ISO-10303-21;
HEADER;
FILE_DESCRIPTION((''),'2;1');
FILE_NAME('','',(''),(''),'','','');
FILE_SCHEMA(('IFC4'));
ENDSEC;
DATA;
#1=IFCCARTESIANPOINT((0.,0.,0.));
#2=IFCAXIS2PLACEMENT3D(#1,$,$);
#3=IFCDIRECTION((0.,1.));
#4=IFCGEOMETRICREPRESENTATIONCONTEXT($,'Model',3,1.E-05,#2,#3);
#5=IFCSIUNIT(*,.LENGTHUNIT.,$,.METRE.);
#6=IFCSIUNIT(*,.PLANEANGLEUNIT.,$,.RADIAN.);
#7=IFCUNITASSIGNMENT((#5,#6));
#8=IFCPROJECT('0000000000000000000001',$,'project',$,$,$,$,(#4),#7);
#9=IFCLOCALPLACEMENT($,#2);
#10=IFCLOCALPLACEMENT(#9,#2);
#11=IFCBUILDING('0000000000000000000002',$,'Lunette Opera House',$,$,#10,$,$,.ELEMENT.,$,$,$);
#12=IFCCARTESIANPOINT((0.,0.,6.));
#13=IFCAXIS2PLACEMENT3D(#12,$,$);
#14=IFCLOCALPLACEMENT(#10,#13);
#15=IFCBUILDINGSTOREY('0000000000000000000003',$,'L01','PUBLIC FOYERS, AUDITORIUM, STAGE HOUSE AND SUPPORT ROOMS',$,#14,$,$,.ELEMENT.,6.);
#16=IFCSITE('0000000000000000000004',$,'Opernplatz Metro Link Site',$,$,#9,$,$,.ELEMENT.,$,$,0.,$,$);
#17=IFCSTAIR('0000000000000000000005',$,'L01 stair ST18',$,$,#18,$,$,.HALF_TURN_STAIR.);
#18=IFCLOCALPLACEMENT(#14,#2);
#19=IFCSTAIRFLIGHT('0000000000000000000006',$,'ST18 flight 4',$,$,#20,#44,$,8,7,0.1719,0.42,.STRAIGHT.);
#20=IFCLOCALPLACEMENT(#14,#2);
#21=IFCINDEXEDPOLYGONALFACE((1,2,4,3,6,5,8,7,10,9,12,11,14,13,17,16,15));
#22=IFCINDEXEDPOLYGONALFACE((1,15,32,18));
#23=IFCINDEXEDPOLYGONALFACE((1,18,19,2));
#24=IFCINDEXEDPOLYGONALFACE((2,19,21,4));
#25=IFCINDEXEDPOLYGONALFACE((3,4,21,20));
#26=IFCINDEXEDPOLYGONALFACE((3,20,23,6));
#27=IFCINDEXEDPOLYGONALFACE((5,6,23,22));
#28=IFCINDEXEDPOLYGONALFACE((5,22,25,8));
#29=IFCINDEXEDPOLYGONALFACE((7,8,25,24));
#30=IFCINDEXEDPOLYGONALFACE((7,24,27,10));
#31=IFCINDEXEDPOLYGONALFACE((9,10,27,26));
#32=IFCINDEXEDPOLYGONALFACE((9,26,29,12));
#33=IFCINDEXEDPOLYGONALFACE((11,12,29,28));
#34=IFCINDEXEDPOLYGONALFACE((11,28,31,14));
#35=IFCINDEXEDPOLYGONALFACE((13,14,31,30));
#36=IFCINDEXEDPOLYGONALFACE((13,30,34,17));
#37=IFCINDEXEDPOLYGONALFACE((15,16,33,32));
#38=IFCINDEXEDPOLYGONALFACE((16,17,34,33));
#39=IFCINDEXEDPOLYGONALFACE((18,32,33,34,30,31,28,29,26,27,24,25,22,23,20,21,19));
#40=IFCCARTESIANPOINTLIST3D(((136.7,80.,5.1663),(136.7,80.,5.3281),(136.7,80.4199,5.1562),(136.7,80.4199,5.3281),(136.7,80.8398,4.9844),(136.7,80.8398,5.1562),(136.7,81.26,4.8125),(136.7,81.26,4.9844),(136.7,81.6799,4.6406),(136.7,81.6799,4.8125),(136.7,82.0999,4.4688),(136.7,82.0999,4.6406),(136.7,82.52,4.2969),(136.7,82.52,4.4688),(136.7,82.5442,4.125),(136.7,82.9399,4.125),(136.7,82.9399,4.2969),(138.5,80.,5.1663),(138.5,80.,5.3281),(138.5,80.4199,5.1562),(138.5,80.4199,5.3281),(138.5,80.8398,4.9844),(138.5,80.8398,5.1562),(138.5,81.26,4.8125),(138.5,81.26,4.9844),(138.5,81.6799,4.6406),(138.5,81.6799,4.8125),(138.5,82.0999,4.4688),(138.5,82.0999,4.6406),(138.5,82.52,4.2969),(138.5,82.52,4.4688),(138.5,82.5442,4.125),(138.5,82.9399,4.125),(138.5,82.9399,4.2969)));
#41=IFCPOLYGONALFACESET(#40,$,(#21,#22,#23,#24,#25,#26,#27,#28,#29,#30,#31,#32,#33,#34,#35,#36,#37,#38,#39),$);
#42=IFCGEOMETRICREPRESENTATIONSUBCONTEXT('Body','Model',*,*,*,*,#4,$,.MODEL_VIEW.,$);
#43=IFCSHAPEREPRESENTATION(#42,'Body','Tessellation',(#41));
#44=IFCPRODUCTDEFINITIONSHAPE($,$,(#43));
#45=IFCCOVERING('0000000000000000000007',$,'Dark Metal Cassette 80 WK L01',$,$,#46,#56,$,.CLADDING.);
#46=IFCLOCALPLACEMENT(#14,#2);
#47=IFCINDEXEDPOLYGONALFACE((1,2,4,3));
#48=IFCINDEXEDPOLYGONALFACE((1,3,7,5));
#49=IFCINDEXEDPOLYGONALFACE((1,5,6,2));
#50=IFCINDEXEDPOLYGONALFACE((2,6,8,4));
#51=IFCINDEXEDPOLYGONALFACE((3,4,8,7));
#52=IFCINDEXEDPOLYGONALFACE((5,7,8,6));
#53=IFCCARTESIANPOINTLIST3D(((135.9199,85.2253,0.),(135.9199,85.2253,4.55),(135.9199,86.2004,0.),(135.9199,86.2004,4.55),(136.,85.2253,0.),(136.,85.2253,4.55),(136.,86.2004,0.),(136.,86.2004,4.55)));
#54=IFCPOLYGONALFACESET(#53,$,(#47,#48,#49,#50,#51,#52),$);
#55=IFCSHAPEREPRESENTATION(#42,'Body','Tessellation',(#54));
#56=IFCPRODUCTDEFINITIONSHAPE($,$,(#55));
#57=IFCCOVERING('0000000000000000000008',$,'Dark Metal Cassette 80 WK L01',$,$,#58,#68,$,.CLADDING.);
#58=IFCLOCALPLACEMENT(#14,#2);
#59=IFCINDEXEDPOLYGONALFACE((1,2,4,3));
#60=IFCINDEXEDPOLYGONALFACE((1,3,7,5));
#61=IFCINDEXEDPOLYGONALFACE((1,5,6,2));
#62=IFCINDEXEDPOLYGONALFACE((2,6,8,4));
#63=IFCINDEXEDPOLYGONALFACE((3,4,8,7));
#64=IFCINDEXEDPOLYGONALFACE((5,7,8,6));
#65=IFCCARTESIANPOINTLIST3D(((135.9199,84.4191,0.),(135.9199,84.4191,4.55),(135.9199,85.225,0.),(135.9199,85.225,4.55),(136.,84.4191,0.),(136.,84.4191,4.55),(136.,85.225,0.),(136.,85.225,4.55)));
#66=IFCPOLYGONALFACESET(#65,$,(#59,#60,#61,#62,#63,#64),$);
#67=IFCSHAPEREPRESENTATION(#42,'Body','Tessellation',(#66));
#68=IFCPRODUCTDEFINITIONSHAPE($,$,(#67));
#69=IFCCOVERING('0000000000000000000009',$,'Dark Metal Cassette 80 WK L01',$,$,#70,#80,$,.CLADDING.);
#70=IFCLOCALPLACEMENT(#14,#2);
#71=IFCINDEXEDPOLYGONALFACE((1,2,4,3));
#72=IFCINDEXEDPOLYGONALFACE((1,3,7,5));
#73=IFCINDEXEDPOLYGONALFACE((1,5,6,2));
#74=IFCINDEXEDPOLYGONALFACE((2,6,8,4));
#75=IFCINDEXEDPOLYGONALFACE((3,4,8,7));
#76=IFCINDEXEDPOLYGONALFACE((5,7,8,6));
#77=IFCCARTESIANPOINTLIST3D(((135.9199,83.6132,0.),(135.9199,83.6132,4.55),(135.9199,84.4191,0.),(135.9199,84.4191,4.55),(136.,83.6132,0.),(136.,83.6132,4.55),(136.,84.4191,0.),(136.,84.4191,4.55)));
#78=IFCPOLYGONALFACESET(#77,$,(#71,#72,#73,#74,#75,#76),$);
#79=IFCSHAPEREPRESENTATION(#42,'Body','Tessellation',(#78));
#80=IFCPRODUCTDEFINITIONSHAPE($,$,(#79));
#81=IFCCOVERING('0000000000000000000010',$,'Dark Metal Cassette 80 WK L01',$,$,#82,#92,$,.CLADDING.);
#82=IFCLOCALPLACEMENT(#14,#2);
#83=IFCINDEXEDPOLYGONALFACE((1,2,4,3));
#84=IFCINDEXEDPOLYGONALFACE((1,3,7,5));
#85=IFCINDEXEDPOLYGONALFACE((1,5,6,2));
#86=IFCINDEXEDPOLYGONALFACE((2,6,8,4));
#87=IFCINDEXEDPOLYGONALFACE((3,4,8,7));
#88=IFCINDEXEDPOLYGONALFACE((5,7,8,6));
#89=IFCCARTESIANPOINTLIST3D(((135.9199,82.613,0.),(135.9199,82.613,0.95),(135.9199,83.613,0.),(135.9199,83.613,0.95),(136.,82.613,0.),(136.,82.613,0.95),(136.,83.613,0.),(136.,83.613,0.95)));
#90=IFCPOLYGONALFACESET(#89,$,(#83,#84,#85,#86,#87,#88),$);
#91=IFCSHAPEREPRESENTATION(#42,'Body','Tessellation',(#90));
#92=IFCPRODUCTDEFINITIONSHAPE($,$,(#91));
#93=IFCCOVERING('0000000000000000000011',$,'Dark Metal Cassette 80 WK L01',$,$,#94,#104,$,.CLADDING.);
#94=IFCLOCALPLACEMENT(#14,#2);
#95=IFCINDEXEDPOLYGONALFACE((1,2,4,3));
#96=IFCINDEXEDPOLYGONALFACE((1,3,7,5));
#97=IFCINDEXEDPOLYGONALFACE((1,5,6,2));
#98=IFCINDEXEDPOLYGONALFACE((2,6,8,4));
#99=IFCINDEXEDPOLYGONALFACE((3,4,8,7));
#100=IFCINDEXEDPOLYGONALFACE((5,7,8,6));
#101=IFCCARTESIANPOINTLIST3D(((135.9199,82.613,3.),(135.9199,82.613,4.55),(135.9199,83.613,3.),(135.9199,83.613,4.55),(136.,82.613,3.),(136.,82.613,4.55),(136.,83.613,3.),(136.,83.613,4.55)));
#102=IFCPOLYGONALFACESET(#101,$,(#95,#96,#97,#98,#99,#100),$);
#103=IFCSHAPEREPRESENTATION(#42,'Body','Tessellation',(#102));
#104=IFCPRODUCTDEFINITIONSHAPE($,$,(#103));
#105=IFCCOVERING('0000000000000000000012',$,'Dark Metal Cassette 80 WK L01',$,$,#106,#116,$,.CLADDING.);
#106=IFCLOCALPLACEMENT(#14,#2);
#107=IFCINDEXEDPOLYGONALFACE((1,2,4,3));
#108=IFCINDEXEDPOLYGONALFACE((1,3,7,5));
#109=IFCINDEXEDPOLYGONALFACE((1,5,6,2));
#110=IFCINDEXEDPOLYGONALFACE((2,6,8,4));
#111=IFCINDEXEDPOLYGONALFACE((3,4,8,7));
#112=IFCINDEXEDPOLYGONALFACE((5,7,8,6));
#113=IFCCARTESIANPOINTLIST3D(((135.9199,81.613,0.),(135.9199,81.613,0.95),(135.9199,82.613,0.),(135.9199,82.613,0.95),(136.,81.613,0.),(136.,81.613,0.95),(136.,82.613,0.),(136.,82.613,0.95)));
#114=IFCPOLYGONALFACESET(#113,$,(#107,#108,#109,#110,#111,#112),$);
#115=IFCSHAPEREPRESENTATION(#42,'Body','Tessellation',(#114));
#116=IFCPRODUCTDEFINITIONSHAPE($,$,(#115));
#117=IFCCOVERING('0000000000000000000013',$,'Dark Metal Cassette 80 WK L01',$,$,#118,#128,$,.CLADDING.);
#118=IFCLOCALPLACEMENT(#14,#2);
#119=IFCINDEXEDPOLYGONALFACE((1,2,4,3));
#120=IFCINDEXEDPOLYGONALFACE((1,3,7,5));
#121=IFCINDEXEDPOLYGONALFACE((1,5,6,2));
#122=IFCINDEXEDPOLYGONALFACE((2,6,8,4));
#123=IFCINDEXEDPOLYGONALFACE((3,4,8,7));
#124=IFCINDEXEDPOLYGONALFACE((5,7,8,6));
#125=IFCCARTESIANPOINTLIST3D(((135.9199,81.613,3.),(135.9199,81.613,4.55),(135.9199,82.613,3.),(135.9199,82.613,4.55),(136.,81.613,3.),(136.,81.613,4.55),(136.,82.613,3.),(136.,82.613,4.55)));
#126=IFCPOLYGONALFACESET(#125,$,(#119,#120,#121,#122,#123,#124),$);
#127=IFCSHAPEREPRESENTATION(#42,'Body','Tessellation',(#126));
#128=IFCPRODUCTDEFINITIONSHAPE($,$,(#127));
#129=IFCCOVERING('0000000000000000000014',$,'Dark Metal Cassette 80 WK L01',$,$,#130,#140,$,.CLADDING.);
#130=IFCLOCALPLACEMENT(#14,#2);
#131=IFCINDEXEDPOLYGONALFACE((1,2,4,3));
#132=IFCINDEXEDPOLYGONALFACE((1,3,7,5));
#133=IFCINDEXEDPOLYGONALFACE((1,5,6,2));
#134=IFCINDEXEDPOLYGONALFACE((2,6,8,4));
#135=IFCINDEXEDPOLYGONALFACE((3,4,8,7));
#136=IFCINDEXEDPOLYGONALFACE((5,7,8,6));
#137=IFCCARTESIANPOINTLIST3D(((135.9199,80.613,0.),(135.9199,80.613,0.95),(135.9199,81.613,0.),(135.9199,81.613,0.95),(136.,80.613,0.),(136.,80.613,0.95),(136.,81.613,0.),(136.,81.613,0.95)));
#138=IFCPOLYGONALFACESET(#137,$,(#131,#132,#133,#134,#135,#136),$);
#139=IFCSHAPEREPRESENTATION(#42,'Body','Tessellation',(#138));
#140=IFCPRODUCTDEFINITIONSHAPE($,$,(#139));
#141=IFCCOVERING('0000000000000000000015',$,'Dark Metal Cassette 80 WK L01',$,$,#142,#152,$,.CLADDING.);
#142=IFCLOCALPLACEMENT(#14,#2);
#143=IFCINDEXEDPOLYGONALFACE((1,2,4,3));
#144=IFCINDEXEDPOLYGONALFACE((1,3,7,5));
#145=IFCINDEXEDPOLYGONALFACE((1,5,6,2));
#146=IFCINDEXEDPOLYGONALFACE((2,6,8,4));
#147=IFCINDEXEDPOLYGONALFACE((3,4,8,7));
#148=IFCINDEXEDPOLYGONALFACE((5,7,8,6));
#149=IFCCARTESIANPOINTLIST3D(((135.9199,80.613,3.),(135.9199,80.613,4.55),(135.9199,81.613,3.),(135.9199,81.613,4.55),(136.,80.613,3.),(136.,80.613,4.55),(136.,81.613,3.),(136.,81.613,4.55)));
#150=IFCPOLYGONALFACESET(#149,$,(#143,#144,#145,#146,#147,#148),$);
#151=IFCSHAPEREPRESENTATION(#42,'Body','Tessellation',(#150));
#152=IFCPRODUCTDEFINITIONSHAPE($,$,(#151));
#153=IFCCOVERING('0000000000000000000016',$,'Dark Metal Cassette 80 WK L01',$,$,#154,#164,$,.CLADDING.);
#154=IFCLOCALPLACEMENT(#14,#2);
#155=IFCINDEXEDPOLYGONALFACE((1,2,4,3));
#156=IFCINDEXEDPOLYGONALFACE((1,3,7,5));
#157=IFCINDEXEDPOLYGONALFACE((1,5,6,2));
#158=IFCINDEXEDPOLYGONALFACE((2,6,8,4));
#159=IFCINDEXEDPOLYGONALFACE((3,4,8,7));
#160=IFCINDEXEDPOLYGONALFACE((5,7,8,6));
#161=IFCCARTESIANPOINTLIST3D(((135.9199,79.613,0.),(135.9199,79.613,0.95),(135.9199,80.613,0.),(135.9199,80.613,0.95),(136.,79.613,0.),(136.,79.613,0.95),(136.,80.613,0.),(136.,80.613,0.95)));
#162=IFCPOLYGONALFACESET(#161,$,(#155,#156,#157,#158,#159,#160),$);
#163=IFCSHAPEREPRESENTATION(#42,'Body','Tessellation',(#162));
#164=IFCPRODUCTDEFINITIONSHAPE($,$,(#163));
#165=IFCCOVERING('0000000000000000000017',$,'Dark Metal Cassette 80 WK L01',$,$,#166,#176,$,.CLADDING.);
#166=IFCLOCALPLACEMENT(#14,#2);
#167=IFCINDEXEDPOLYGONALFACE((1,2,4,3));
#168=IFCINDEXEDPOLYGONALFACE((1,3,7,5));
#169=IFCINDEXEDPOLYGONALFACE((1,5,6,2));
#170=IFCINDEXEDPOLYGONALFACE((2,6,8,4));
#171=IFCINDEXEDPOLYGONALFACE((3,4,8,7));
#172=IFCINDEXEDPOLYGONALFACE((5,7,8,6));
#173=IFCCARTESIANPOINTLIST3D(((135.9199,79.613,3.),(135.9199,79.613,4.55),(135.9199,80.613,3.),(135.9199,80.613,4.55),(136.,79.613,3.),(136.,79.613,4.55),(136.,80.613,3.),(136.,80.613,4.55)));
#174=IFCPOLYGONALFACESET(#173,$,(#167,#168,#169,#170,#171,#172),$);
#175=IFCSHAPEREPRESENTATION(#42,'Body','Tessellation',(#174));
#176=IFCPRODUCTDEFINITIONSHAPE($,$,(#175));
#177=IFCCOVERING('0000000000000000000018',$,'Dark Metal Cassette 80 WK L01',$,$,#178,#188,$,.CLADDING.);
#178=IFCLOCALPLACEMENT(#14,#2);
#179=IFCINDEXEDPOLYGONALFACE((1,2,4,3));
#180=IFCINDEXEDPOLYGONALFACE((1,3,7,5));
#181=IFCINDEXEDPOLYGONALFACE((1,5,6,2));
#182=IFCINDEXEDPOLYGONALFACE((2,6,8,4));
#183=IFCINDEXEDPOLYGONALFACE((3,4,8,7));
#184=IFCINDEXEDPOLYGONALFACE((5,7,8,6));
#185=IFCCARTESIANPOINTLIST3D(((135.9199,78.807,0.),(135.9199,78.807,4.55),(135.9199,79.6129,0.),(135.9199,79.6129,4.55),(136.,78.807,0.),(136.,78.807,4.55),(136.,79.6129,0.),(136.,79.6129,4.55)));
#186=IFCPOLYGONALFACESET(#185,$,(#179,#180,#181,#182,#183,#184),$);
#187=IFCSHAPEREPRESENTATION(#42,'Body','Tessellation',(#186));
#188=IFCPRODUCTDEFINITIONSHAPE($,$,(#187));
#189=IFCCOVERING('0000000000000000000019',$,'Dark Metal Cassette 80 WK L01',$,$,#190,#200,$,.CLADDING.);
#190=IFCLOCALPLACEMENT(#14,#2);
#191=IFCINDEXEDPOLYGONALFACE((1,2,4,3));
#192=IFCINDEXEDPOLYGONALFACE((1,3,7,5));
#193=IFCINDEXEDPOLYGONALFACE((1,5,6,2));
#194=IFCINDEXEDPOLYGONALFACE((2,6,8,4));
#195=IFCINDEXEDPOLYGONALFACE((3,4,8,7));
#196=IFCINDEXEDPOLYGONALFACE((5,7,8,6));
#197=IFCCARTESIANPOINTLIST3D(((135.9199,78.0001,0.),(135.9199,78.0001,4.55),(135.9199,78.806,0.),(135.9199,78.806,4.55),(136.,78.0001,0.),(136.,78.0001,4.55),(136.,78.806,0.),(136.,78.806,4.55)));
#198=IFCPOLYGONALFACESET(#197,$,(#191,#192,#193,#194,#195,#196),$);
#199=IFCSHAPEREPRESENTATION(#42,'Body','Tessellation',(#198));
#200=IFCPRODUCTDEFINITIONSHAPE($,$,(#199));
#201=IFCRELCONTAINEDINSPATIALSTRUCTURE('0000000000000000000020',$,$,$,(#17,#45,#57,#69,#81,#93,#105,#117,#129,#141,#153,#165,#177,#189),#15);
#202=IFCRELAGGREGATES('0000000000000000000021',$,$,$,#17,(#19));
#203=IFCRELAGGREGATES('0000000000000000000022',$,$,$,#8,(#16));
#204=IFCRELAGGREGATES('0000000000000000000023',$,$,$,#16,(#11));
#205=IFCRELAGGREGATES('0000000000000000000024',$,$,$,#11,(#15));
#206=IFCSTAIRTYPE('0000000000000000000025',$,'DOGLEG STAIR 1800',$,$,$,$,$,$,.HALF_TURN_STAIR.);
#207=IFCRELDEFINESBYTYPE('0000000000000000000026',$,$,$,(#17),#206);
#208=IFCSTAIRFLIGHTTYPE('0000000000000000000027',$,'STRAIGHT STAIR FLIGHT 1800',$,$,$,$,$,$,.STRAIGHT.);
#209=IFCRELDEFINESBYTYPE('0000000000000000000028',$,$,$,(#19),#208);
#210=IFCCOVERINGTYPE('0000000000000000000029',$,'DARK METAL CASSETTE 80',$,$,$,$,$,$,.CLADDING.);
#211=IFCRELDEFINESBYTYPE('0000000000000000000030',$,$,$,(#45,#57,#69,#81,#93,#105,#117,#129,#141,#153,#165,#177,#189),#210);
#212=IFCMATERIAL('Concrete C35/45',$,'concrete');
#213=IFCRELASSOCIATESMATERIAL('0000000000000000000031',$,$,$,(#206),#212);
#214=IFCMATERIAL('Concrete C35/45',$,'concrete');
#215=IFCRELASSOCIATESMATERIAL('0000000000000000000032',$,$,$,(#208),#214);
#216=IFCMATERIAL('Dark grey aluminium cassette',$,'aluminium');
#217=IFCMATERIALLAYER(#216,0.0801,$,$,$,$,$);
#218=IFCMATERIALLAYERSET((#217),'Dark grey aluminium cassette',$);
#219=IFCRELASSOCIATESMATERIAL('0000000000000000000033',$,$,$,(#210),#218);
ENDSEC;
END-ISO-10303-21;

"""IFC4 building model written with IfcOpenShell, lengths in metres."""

from ifc_helpers import new_model, si_unit, direction, frame, origin, origin_2d, place, context, subcontext, project, spatial, polyline, rectangle, outline, extrude, material, layer, layer_set, type_object, element, aggregate, save


model = new_model("IFC4")

# Units and contexts
model_context = context("Model", 3, precision=1e-05, world=origin(), true_north=direction((0.0, 1.0)))
body_context = subcontext(model_context, "Body", "Model", "MODEL_VIEW")
ifc_project = project(units=[si_unit("LENGTHUNIT", "METRE"), si_unit("PLANEANGLEUNIT", "RADIAN")], contexts=[model_context])

# Site, building, storey
site_placement = place(None, origin())
site = spatial("IfcSite", under=ifc_project, at=site_placement, Name="Opernplatz Metro Link Site", CompositionType="ELEMENT", RefElevation=0.0)
building_placement = place(site_placement, origin())
building = spatial("IfcBuilding", under=site, at=building_placement, Name="Lunette Opera House", CompositionType="ELEMENT")
storey_placement = place(building_placement, frame((0.0, 0.0, 6.0)))
storey = spatial("IfcBuildingStorey", under=building, at=storey_placement, Name="L01", Description="PUBLIC FOYERS, AUDITORIUM, STAGE HOUSE AND SUPPORT ROOMS", CompositionType="ELEMENT", Elevation=6.0)

# Stair, stair flight
ifc_material_1 = material(Name="Concrete C35/45", Category="concrete")
stair_type = type_object("IfcStairType", Name="DOGLEG STAIR 1800", PredefinedType="HALF_TURN_STAIR", material=ifc_material_1)
stair_placement = place(storey_placement, origin())
stair = element("IfcStair", 1, at=stair_placement, inside=storey, type_object=stair_type, Name="L01 stair ST18", PredefinedType="HALF_TURN_STAIR")
ifc_material_2 = material(Name="Concrete C35/45", Category="concrete")
stair_flight_type = type_object("IfcStairFlightType", Name="STRAIGHT STAIR FLIGHT 1800", PredefinedType="STRAIGHT", material=ifc_material_2)
stair_flight_1_placement = place(storey_placement, frame((137.6001, 82.9399, 4.125), z_axis=(0.0, 0.0, 1.0), x_axis=(0.0, -1.0, 0.0)))
stair_flight_1 = element("IfcStairFlight", 2, at=stair_flight_1_placement, type_object=stair_flight_type, Name="ST18 flight 4", NumberOfRisers=8, NumberOfTreads=7, PredefinedType="STRAIGHT", RiserHeight=0.1719, TreadLength=0.42, context=body_context, shape_type="SweptSolid", body=[
    extrude(outline(polyline([(0.0, 0.0), (0.0, 0.1719), (0.4199, 0.1719), (0.4199, 0.3438), (0.8401, 0.3438), (0.8401, 0.5156), (1.26, 0.5156), (1.26, 0.6875), (1.6799, 0.6875), (1.6799, 0.8594), (2.1001, 0.8594), (2.1001, 1.0312), (2.52, 1.0312), (2.52, 1.2031), (2.9399, 1.2031), (2.9399, 1.375), (2.9399, 1.0413), (0.3958, 0.0), (0.0, 0.0)])), frame((0.0, 0.8999, 0.0), z_axis=(0.0, -1.0, 0.0), x_axis=(1.0, 0.0, 0.0)), (0.0, 0.0, 1.0), 1.8),
])
aggregate(stair, [stair_flight_1])

# Coverings
ifc_material_3 = material(Name="Dark grey aluminium cassette", Category="aluminium")
ifc_layer_1 = layer(ifc_material_3, 0.0801)
ifc_layer_set_1 = layer_set([ifc_layer_1], Name="Dark grey aluminium cassette")
covering_type = type_object("IfcCoveringType", Name="DARK METAL CASSETTE 80", PredefinedType="CLADDING", material=ifc_layer_set_1)
covering_1_placement = place(storey_placement, frame((135.96, 85.7129, 0.0), z_axis=(0.0, 0.0, 1.0), x_axis=(0.0, -1.0, 0.0)))
element("IfcCovering", 3, at=covering_1_placement, inside=storey, type_object=covering_type, Name="Dark Metal Cassette 80 WK L01", PredefinedType="CLADDING", context=body_context, shape_type="SweptSolid", body=[
    extrude(rectangle(XDim=0.9751, YDim=0.0801, at=origin_2d()), origin(), (0.0, 0.0, 1.0), 4.55),
])
for number, where, z_axis, x_axis, name in (
    (4, (135.96, 84.822, 0.0), (0.0, 0.0, 1.0), (0.0, -1.0, 0.0), "Dark Metal Cassette 80 WK L01"),
    (5, (135.96, 84.0161, 0.0), (0.0, 0.0, 1.0), (0.0, -1.0, 0.0), "Dark Metal Cassette 80 WK L01"),
):
    element("IfcCovering", number, at=place(storey_placement, frame(where, z_axis=z_axis, x_axis=x_axis)), inside=storey, type_object=covering_type, Name=name, PredefinedType="CLADDING", context=body_context, shape_type="SweptSolid", body=[
        extrude(rectangle(XDim=0.8059, YDim=0.0801, at=origin_2d()), origin(), (0.0, 0.0, 1.0), 4.55),
    ])
covering_2_placement = place(storey_placement, frame((135.96, 83.113, 0.0), z_axis=(0.0, 0.0, 1.0), x_axis=(0.0, -1.0, 0.0)))
element("IfcCovering", 6, at=covering_2_placement, inside=storey, type_object=covering_type, Name="Dark Metal Cassette 80 WK L01", PredefinedType="CLADDING", context=body_context, shape_type="SweptSolid", body=[
    extrude(rectangle(XDim=1.0, YDim=0.0801, at=origin_2d()), origin(), (0.0, 0.0, 1.0), 0.95),
])
covering_3_placement = place(storey_placement, frame((135.96, 83.113, 3.0), z_axis=(0.0, 0.0, 1.0), x_axis=(0.0, -1.0, 0.0)))
element("IfcCovering", 7, at=covering_3_placement, inside=storey, type_object=covering_type, Name="Dark Metal Cassette 80 WK L01", PredefinedType="CLADDING", context=body_context, shape_type="SweptSolid", body=[
    extrude(rectangle(XDim=1.0, YDim=0.0801, at=origin_2d()), origin(), (0.0, 0.0, 1.0), 1.55),
])
covering_4_placement = place(storey_placement, frame((135.96, 82.113, 0.0), z_axis=(0.0, 0.0, 1.0), x_axis=(0.0, -1.0, 0.0)))
element("IfcCovering", 8, at=covering_4_placement, inside=storey, type_object=covering_type, Name="Dark Metal Cassette 80 WK L01", PredefinedType="CLADDING", context=body_context, shape_type="SweptSolid", body=[
    extrude(rectangle(XDim=1.0, YDim=0.0801, at=origin_2d()), origin(), (0.0, 0.0, 1.0), 0.95),
])
covering_5_placement = place(storey_placement, frame((135.96, 82.113, 3.0), z_axis=(0.0, 0.0, 1.0), x_axis=(0.0, -1.0, 0.0)))
element("IfcCovering", 9, at=covering_5_placement, inside=storey, type_object=covering_type, Name="Dark Metal Cassette 80 WK L01", PredefinedType="CLADDING", context=body_context, shape_type="SweptSolid", body=[
    extrude(rectangle(XDim=1.0, YDim=0.0801, at=origin_2d()), origin(), (0.0, 0.0, 1.0), 1.55),
])
covering_6_placement = place(storey_placement, frame((135.96, 81.113, 0.0), z_axis=(0.0, 0.0, 1.0), x_axis=(0.0, -1.0, 0.0)))
element("IfcCovering", 10, at=covering_6_placement, inside=storey, type_object=covering_type, Name="Dark Metal Cassette 80 WK L01", PredefinedType="CLADDING", context=body_context, shape_type="SweptSolid", body=[
    extrude(rectangle(XDim=1.0, YDim=0.0801, at=origin_2d()), origin(), (0.0, 0.0, 1.0), 0.95),
])
covering_7_placement = place(storey_placement, frame((135.96, 81.113, 3.0), z_axis=(0.0, 0.0, 1.0), x_axis=(0.0, -1.0, 0.0)))
element("IfcCovering", 11, at=covering_7_placement, inside=storey, type_object=covering_type, Name="Dark Metal Cassette 80 WK L01", PredefinedType="CLADDING", context=body_context, shape_type="SweptSolid", body=[
    extrude(rectangle(XDim=1.0, YDim=0.0801, at=origin_2d()), origin(), (0.0, 0.0, 1.0), 1.55),
])
covering_8_placement = place(storey_placement, frame((135.96, 80.113, 0.0), z_axis=(0.0, 0.0, 1.0), x_axis=(0.0, -1.0, 0.0)))
element("IfcCovering", 12, at=covering_8_placement, inside=storey, type_object=covering_type, Name="Dark Metal Cassette 80 WK L01", PredefinedType="CLADDING", context=body_context, shape_type="SweptSolid", body=[
    extrude(rectangle(XDim=1.0, YDim=0.0801, at=origin_2d()), origin(), (0.0, 0.0, 1.0), 0.95),
])
covering_9_placement = place(storey_placement, frame((135.96, 80.113, 3.0), z_axis=(0.0, 0.0, 1.0), x_axis=(0.0, -1.0, 0.0)))
element("IfcCovering", 13, at=covering_9_placement, inside=storey, type_object=covering_type, Name="Dark Metal Cassette 80 WK L01", PredefinedType="CLADDING", context=body_context, shape_type="SweptSolid", body=[
    extrude(rectangle(XDim=1.0, YDim=0.0801, at=origin_2d()), origin(), (0.0, 0.0, 1.0), 1.55),
])
for number, where, z_axis, x_axis, name in (
    (14, (135.96, 79.21, 0.0), (0.0, 0.0, 1.0), (0.0, -1.0, 0.0), "Dark Metal Cassette 80 WK L01"),
    (15, (135.96, 78.4031, 0.0), (0.0, 0.0, 1.0), (0.0, -1.0, 0.0), "Dark Metal Cassette 80 WK L01"),
):
    element("IfcCovering", number, at=place(storey_placement, frame(where, z_axis=z_axis, x_axis=x_axis)), inside=storey, type_object=covering_type, Name=name, PredefinedType="CLADDING", context=body_context, shape_type="SweptSolid", body=[
        extrude(rectangle(XDim=0.8059, YDim=0.0801, at=origin_2d()), origin(), (0.0, 0.0, 1.0), 4.55),
    ])

save(model, "model.ifc")
